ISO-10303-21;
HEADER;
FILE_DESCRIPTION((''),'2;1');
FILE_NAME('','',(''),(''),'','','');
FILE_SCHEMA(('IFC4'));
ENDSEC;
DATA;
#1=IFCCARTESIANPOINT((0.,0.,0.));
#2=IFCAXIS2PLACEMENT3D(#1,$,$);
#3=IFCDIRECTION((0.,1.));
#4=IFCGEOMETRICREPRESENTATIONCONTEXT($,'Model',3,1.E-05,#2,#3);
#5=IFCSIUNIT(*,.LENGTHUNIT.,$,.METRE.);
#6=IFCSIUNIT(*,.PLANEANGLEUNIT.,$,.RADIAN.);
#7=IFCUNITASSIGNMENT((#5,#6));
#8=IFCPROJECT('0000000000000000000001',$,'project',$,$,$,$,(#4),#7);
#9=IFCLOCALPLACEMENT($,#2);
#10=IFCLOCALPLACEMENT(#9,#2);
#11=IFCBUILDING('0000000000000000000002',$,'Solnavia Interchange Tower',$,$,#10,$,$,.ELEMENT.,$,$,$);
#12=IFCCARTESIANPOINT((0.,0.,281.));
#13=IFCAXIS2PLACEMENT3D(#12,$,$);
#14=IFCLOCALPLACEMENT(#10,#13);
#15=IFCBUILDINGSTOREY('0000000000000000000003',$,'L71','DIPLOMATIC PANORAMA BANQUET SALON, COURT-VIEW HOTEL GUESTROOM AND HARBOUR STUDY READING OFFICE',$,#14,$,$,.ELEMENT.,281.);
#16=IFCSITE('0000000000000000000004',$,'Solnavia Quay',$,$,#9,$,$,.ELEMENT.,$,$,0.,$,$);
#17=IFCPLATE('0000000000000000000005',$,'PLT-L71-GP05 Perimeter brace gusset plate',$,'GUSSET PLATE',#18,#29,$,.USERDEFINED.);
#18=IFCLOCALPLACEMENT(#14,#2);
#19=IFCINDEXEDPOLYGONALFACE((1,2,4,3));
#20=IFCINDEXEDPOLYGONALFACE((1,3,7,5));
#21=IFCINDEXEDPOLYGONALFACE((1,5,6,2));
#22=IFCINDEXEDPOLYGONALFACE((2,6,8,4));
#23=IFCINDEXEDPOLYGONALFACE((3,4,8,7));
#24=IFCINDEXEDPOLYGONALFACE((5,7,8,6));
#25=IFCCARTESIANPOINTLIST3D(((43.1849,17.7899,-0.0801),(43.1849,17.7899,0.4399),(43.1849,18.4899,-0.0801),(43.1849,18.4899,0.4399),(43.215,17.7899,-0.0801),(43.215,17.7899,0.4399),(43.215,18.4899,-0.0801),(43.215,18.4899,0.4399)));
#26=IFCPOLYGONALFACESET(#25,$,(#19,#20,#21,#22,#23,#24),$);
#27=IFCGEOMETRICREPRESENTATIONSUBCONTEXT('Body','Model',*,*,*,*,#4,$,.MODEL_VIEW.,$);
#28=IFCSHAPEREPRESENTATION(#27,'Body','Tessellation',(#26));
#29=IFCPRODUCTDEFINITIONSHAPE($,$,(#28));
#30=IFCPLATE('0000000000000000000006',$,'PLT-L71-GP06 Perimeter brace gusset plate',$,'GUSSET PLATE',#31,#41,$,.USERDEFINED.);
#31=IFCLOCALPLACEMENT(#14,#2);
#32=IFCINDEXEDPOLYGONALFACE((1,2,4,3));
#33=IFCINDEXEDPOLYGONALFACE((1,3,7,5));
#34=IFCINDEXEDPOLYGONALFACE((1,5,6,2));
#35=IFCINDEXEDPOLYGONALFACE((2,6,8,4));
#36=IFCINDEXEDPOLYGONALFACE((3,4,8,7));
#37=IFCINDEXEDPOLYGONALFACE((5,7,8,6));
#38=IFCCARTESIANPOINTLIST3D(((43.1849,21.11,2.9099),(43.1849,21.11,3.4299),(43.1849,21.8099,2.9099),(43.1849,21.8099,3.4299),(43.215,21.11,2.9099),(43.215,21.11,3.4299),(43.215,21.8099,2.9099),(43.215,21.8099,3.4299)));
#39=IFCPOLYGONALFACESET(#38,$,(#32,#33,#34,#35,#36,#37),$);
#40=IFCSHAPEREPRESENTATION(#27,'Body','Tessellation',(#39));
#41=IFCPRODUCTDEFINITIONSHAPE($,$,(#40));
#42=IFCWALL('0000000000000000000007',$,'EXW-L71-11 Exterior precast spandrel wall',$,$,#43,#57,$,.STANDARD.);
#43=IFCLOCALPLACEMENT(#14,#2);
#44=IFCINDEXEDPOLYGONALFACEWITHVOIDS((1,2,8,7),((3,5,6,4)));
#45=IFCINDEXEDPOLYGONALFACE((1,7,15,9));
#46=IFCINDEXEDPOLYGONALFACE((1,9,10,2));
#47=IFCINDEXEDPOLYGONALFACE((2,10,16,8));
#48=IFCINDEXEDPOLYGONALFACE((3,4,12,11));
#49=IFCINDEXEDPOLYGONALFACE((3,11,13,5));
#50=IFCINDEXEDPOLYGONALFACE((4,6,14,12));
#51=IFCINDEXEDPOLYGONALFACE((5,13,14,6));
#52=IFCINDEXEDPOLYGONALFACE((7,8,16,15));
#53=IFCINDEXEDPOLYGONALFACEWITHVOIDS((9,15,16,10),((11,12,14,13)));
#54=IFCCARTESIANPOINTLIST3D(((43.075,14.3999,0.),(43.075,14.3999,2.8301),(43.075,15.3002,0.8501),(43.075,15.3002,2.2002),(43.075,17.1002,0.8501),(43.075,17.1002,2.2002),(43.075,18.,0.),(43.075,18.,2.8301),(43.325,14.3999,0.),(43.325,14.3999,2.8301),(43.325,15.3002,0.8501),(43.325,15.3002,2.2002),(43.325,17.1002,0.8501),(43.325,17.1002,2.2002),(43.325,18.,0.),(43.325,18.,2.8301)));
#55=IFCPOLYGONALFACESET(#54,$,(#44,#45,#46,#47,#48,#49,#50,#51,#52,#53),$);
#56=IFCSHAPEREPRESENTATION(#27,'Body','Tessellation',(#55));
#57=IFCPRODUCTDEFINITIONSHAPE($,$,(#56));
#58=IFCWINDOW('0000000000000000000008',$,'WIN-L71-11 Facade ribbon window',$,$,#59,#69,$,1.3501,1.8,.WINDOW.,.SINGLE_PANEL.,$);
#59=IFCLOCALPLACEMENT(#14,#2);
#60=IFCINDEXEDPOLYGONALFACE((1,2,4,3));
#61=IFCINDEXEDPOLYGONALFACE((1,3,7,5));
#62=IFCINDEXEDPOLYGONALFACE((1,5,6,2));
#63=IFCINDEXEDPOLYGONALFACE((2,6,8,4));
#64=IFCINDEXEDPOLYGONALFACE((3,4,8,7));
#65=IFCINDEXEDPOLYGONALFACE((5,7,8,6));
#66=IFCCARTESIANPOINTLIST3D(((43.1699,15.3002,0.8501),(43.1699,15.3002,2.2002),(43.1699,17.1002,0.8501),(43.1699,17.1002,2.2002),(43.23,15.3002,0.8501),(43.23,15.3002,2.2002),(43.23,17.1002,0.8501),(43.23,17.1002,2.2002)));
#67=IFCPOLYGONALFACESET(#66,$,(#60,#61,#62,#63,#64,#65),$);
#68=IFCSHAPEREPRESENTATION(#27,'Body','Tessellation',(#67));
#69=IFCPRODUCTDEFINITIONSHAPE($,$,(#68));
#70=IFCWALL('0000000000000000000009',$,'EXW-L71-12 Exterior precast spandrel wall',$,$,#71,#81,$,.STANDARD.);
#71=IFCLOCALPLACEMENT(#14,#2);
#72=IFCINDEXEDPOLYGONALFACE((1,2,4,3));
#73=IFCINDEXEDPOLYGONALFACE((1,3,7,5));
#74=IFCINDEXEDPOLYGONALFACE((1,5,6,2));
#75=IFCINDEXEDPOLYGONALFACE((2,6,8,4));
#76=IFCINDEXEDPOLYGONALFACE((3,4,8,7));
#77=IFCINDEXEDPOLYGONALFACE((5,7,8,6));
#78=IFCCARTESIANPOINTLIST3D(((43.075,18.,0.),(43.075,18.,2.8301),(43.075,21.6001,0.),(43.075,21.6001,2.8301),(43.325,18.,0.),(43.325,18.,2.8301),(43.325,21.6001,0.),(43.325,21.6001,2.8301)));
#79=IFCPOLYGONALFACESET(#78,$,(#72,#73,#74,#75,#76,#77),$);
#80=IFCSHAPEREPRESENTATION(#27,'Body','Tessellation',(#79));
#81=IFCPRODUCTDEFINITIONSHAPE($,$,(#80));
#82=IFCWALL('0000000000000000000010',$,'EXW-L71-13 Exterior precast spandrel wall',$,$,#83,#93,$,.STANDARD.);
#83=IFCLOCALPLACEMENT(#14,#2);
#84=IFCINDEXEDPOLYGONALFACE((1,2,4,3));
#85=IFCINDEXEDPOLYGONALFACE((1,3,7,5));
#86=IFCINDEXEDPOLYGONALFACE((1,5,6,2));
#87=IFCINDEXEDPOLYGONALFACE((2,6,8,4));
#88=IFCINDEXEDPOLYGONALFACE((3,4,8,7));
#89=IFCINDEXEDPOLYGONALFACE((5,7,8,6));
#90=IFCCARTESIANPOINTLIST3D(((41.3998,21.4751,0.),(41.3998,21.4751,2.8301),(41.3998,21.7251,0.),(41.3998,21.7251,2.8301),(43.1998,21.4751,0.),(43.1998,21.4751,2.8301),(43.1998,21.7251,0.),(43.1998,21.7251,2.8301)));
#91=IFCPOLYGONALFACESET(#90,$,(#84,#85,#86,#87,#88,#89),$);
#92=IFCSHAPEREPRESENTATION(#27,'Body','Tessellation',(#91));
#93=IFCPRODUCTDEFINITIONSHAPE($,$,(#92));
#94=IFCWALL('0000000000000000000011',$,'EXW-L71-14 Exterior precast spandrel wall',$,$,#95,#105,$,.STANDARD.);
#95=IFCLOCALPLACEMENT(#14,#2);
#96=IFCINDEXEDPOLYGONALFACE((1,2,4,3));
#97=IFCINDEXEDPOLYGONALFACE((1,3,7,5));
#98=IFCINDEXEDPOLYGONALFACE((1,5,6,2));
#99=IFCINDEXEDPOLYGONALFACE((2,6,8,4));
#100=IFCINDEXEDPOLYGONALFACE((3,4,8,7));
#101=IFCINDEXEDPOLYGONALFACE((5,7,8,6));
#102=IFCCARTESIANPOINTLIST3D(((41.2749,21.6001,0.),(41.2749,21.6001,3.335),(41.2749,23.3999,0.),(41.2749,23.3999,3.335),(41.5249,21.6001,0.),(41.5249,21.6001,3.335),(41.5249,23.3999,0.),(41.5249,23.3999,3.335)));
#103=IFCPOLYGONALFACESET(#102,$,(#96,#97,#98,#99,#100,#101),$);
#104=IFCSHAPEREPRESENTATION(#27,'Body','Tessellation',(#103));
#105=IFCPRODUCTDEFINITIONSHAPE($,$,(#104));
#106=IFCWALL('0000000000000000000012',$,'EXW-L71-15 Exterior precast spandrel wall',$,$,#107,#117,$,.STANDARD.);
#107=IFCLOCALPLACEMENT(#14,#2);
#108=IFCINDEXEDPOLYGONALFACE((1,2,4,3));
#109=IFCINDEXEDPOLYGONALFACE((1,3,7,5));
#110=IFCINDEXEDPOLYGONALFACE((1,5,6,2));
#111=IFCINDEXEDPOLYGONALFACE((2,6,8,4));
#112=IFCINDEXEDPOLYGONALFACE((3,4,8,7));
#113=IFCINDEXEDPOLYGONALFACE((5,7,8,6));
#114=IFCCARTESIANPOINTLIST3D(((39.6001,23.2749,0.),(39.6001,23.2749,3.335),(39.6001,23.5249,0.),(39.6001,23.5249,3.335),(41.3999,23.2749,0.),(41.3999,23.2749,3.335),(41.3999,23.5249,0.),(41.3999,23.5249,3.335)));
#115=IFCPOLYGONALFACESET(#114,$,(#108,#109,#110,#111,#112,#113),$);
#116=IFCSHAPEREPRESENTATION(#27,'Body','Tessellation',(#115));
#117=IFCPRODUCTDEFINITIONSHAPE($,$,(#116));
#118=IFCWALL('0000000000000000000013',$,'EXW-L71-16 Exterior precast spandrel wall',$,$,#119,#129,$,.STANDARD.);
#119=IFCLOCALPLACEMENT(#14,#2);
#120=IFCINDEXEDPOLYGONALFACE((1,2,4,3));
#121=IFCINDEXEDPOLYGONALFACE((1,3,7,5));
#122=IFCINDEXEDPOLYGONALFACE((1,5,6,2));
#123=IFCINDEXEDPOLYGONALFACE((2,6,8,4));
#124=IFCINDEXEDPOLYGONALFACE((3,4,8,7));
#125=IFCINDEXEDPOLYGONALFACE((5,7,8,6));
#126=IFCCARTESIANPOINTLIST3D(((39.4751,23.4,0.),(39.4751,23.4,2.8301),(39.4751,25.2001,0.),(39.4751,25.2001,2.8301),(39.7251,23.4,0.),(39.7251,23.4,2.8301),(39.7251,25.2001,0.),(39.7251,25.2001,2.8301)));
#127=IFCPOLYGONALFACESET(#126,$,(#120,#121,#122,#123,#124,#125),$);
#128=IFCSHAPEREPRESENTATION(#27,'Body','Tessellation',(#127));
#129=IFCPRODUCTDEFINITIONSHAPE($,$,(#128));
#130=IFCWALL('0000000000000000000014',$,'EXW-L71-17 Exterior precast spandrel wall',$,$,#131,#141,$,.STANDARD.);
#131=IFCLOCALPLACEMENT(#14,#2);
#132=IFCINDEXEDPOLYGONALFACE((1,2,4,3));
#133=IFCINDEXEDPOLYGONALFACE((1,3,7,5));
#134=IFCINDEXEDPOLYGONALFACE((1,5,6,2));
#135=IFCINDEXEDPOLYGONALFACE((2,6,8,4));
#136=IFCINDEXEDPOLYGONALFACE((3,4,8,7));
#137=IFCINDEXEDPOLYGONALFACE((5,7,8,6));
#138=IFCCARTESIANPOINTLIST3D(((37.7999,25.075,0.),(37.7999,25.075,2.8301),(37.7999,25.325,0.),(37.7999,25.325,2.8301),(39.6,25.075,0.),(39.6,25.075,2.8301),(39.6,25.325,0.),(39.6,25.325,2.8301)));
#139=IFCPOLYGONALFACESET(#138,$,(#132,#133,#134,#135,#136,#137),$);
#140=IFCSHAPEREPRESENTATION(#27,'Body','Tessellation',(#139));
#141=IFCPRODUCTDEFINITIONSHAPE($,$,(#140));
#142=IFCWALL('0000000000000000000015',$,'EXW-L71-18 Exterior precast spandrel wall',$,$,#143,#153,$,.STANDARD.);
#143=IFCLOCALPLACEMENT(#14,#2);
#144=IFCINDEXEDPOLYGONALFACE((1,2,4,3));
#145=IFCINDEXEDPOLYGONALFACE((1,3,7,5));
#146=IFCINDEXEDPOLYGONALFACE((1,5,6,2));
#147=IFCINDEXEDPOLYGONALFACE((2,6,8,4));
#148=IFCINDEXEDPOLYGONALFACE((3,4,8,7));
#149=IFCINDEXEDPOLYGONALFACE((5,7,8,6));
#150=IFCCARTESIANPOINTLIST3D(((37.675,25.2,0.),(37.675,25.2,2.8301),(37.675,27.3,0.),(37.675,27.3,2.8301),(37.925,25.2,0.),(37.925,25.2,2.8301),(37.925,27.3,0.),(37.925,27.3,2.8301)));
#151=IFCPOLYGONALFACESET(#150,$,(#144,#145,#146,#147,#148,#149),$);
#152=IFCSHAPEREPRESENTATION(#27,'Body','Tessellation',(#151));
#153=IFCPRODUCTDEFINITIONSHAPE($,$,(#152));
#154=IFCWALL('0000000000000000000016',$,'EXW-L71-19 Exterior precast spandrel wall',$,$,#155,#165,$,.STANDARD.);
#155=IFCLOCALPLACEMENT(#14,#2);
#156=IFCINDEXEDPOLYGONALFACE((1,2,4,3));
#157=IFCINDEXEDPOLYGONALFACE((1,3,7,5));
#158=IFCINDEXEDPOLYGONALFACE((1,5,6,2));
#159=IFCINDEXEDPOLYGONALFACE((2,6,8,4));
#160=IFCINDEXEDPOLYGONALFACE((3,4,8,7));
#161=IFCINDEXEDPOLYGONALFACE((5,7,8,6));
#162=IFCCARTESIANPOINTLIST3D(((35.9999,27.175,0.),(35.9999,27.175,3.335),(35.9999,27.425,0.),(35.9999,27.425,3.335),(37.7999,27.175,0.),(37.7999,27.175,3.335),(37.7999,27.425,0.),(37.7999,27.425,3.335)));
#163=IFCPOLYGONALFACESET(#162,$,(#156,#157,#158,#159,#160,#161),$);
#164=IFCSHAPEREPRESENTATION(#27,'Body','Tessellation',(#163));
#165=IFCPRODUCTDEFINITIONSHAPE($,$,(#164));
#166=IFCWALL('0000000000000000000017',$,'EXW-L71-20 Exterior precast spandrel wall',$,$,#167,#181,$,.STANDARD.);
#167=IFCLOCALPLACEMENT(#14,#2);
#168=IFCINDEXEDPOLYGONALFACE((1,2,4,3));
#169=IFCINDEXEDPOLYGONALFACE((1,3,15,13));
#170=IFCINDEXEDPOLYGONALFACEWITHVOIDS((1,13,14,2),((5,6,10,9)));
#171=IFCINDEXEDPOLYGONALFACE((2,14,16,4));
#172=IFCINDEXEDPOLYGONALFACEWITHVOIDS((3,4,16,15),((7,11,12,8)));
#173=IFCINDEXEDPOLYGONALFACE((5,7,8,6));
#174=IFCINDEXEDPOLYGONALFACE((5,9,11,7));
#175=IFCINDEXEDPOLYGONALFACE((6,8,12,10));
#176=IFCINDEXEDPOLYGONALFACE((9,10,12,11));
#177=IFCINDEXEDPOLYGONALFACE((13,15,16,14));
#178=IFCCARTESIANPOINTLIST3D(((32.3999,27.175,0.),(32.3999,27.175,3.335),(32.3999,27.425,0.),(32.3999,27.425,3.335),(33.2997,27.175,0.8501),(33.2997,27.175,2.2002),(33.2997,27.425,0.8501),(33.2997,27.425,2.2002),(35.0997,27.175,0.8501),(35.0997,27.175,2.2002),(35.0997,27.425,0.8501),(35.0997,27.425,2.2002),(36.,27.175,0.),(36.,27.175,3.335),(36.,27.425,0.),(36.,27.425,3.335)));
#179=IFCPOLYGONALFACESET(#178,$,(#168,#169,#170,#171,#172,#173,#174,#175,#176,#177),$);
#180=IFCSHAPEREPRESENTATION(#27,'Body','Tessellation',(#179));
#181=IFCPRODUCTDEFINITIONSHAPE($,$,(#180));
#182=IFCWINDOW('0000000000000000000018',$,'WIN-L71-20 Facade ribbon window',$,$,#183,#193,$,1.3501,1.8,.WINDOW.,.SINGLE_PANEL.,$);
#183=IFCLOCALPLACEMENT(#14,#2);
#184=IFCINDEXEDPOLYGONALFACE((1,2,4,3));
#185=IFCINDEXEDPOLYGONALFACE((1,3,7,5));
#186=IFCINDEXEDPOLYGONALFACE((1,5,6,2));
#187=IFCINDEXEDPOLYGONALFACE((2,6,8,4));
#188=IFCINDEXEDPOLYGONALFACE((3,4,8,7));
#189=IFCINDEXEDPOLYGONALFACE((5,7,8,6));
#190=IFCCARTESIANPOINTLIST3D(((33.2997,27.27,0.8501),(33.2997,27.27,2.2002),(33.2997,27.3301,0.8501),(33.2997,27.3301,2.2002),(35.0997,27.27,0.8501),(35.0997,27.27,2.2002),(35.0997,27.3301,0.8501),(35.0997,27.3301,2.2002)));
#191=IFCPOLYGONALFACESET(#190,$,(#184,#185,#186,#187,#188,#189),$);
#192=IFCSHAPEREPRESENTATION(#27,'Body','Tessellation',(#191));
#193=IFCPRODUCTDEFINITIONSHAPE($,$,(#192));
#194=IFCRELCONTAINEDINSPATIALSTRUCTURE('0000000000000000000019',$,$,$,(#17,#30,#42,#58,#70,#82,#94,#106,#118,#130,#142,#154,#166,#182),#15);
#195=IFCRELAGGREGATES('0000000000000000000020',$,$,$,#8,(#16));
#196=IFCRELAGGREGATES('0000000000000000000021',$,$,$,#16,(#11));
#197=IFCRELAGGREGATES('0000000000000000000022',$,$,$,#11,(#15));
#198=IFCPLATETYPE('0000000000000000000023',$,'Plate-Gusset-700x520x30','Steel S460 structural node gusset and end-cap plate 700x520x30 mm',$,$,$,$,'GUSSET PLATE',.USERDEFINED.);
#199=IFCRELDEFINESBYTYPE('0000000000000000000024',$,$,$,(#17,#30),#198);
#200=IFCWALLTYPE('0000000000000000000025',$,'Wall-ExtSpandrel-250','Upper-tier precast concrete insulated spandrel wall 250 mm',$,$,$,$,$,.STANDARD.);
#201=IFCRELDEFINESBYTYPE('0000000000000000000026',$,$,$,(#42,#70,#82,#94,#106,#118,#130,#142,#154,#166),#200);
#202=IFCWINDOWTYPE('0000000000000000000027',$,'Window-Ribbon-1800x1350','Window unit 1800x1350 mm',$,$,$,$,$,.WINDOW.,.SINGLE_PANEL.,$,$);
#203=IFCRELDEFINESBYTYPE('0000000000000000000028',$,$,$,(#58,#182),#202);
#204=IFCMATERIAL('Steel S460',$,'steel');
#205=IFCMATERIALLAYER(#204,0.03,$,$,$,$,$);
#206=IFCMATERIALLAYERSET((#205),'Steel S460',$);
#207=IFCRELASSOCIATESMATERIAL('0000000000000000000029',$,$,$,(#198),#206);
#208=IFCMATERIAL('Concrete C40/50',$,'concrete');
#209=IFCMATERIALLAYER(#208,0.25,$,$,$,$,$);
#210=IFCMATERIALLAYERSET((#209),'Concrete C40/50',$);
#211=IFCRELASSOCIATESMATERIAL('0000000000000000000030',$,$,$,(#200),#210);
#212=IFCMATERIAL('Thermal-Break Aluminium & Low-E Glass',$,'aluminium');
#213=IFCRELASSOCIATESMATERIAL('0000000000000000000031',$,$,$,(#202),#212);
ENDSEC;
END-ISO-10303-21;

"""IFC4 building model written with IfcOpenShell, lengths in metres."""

from ifc_helpers import new_model, si_unit, direction, frame, frame_2d, origin, origin_2d, place, context, subcontext, project, spatial, rectangle, extrude, material, layer, layer_set, type_object, element, fill, save


model = new_model("IFC4")

# Units and contexts
model_context = context("Model", 3, precision=1e-05, world=origin(), true_north=direction((0.0, 1.0)))
body_context = subcontext(model_context, "Body", "Model", "MODEL_VIEW")
ifc_project = project(units=[si_unit("LENGTHUNIT", "METRE"), si_unit("PLANEANGLEUNIT", "RADIAN")], contexts=[model_context])

# Site, building, storey
site_placement = place(None, origin())
site = spatial("IfcSite", under=ifc_project, at=site_placement, Name="Solnavia Quay", CompositionType="ELEMENT", RefElevation=0.0)
building_placement = place(site_placement, origin())
building = spatial("IfcBuilding", under=site, at=building_placement, Name="Solnavia Interchange Tower", CompositionType="ELEMENT")
storey_placement = place(building_placement, frame((0.0, 0.0, 281.0)))
storey = spatial("IfcBuildingStorey", under=building, at=storey_placement, Name="L71", Description="DIPLOMATIC PANORAMA BANQUET SALON, COURT-VIEW HOTEL GUESTROOM AND HARBOUR STUDY READING OFFICE", CompositionType="ELEMENT", Elevation=281.0)

# Shared definitions
ifc_material_1 = material(Name="Steel S460", Category="steel")

# Plates
ifc_layer_1 = layer(ifc_material_1, 0.03)
ifc_layer_set_1 = layer_set([ifc_layer_1], Name="Steel S460")
plate_type = type_object("IfcPlateType", Name="Plate-Gusset-700x520x30", Description="Steel S460 structural node gusset and end-cap plate 700x520x30 mm", ElementType="GUSSET PLATE", PredefinedType="USERDEFINED", material=ifc_layer_set_1)
for number, where, z_axis, x_axis, name in (
    (1, (43.2, 18.1399, -0.0801), (0.0, 0.0, 1.0), (0.0, 1.0, 0.0), "PLT-L71-GP05 Perimeter brace gusset plate"),
    (2, (43.2, 21.46, 2.9099), (0.0, 0.0, 1.0), (0.0, 1.0, 0.0), "PLT-L71-GP06 Perimeter brace gusset plate"),
):
    element("IfcPlate", number, at=place(storey_placement, frame(where, z_axis=z_axis, x_axis=x_axis)), inside=storey, type_object=plate_type, Name=name, ObjectType="GUSSET PLATE", PredefinedType="USERDEFINED", context=body_context, shape_type="SweptSolid", body=[
        extrude(rectangle(XDim=0.7, YDim=0.03, at=origin_2d()), origin(), (0.0, 0.0, 1.0), 0.52),
    ])

# Wall, opening, window
ifc_material_2 = material(Name="Concrete C40/50", Category="concrete")
ifc_layer_2 = layer(ifc_material_2, 0.25)
ifc_layer_set_2 = layer_set([ifc_layer_2], Name="Concrete C40/50")
wall_type_1 = type_object("IfcWallType", Name="Wall-ExtSpandrel-250", Description="Upper-tier precast concrete insulated spandrel wall 250 mm", PredefinedType="STANDARD", material=ifc_layer_set_2)
wall_1_placement = place(storey_placement, frame((43.2, 18.0, 0.0), z_axis=(0.0, 0.0, 1.0), x_axis=(0.0, -1.0, 0.0)))
wall_1 = element("IfcWall", 3, at=wall_1_placement, inside=storey, type_object=wall_type_1, Name="EXW-L71-11 Exterior precast spandrel wall", PredefinedType="STANDARD", context=body_context, shape_type="SweptSolid", body=[
    extrude(rectangle(XDim=3.6001, YDim=0.25, at=frame_2d((1.8, 0.0))), origin(), (0.0, 0.0, 1.0), 2.8301),
])
opening_1_placement = place(wall_1_placement, frame((0.8999, 0.0, 0.8501)))
opening_1 = element("IfcOpeningElement", 4, at=opening_1_placement, cuts=wall_1, PredefinedType="OPENING", context=body_context, shape_type="SweptSolid", body=[
    extrude(rectangle(XDim=1.8, YDim=1.3501, at=frame_2d((0.8999, 0.675))), frame((0.0, 0.135, 0.0), z_axis=(0.0, -1.0, 0.0), x_axis=(1.0, 0.0, 0.0)), (0.0, 0.0, 1.0), 0.27),
])
ifc_material_3 = material(Name="Thermal-Break Aluminium & Low-E Glass", Category="aluminium")
window_type = type_object("IfcWindowType", Name="Window-Ribbon-1800x1350", Description="Window unit 1800x1350 mm", PartitioningType="SINGLE_PANEL", PredefinedType="WINDOW", material=ifc_material_3)
window_1_placement = place(opening_1_placement, origin())
window_1 = element("IfcWindow", 5, at=window_1_placement, inside=storey, type_object=window_type, Name="WIN-L71-11 Facade ribbon window", OverallHeight=1.3501, OverallWidth=1.8, PartitioningType="SINGLE_PANEL", PredefinedType="WINDOW", context=body_context, shape_type="SweptSolid", body=[
    extrude(rectangle(XDim=1.8, YDim=1.3501, at=frame_2d((0.8999, 0.675))), frame((0.0, 0.03, 0.0), z_axis=(0.0, -1.0, 0.0), x_axis=(1.0, 0.0, 0.0)), (0.0, 0.0, 1.0), 0.0601),
])
fill(opening_1, window_1)

# Walls
wall_2_placement = place(storey_placement, frame((43.2, 21.6001, 0.0), z_axis=(0.0, 0.0, 1.0), x_axis=(0.0, -1.0, 0.0)))
element("IfcWall", 6, at=wall_2_placement, inside=storey, type_object=wall_type_1, Name="EXW-L71-12 Exterior precast spandrel wall", PredefinedType="STANDARD", context=body_context, shape_type="SweptSolid", body=[
    extrude(rectangle(XDim=3.6001, YDim=0.25, at=frame_2d((1.8, 0.0))), origin(), (0.0, 0.0, 1.0), 2.8301),
])
wall_3_placement = place(storey_placement, frame((41.3999, 21.6001, 0.0), z_axis=(0.0, 0.0, 1.0), x_axis=(1.0, 0.0, 0.0)))
element("IfcWall", 7, at=wall_3_placement, inside=storey, type_object=wall_type_1, Name="EXW-L71-13 Exterior precast spandrel wall", PredefinedType="STANDARD", context=body_context, shape_type="SweptSolid", body=[
    extrude(rectangle(XDim=1.8, YDim=0.25, at=frame_2d((0.8999, 0.0))), origin(), (0.0, 0.0, 1.0), 2.8301),
])
for number, where, z_axis, x_axis, name in (
    (8, (41.3999, 23.3999, 0.0), (0.0, 0.0, 1.0), (0.0, -1.0, 0.0), "EXW-L71-14 Exterior precast spandrel wall"),
    (9, (39.6001, 23.3999, 0.0), (0.0, 0.0, 1.0), (1.0, 0.0, 0.0), "EXW-L71-15 Exterior precast spandrel wall"),
):
    element("IfcWall", number, at=place(storey_placement, frame(where, z_axis=z_axis, x_axis=x_axis)), inside=storey, type_object=wall_type_1, Name=name, PredefinedType="STANDARD", context=body_context, shape_type="SweptSolid", body=[
        extrude(rectangle(XDim=1.7998, YDim=0.25, at=frame_2d((0.8999, 0.0))), origin(), (0.0, 0.0, 1.0), 3.335),
    ])
for number, where, z_axis, x_axis, name in (
    (10, (39.6001, 25.2, 0.0), (0.0, 0.0, 1.0), (0.0, -1.0, 0.0), "EXW-L71-16 Exterior precast spandrel wall"),
    (11, (37.8, 25.2, 0.0), (0.0, 0.0, 1.0), (1.0, 0.0, 0.0), "EXW-L71-17 Exterior precast spandrel wall"),
):
    element("IfcWall", number, at=place(storey_placement, frame(where, z_axis=z_axis, x_axis=x_axis)), inside=storey, type_object=wall_type_1, Name=name, PredefinedType="STANDARD", context=body_context, shape_type="SweptSolid", body=[
        extrude(rectangle(XDim=1.8, YDim=0.25, at=frame_2d((0.8999, 0.0))), origin(), (0.0, 0.0, 1.0), 2.8301),
    ])
wall_4_placement = place(storey_placement, frame((37.8, 27.3, 0.0), z_axis=(0.0, 0.0, 1.0), x_axis=(0.0, -1.0, 0.0)))
element("IfcWall", 12, at=wall_4_placement, inside=storey, type_object=wall_type_1, Name="EXW-L71-18 Exterior precast spandrel wall", PredefinedType="STANDARD", context=body_context, shape_type="SweptSolid", body=[
    extrude(rectangle(XDim=2.1001, YDim=0.25, at=frame_2d((1.05, 0.0))), origin(), (0.0, 0.0, 1.0), 2.8301),
])
wall_5_placement = place(storey_placement, frame((36.0, 27.3, 0.0), z_axis=(0.0, 0.0, 1.0), x_axis=(1.0, 0.0, 0.0)))
element("IfcWall", 13, at=wall_5_placement, inside=storey, type_object=wall_type_1, Name="EXW-L71-19 Exterior precast spandrel wall", PredefinedType="STANDARD", context=body_context, shape_type="SweptSolid", body=[
    extrude(rectangle(XDim=1.8, YDim=0.25, at=frame_2d((0.8999, 0.0))), origin(), (0.0, 0.0, 1.0), 3.335),
])

# Wall, opening, window
wall_6_placement = place(storey_placement, frame((32.3999, 27.3, 0.0), z_axis=(0.0, 0.0, 1.0), x_axis=(1.0, 0.0, 0.0)))
wall_6 = element("IfcWall", 14, at=wall_6_placement, inside=storey, type_object=wall_type_1, Name="EXW-L71-20 Exterior precast spandrel wall", PredefinedType="STANDARD", context=body_context, shape_type="SweptSolid", body=[
    extrude(rectangle(XDim=3.6001, YDim=0.25, at=frame_2d((1.8, 0.0))), origin(), (0.0, 0.0, 1.0), 3.335),
])
opening_2_placement = place(wall_6_placement, frame((0.8999, 0.0, 0.8501)))
opening_2 = element("IfcOpeningElement", 15, at=opening_2_placement, cuts=wall_6, PredefinedType="OPENING", context=body_context, shape_type="SweptSolid", body=[
    extrude(rectangle(XDim=1.8, YDim=1.3501, at=frame_2d((0.8999, 0.675))), frame((0.0, 0.135, 0.0), z_axis=(0.0, -1.0, 0.0), x_axis=(1.0, 0.0, 0.0)), (0.0, 0.0, 1.0), 0.27),
])
window_2_placement = place(opening_2_placement, origin())
window_2 = element("IfcWindow", 16, at=window_2_placement, inside=storey, type_object=window_type, Name="WIN-L71-20 Facade ribbon window", OverallHeight=1.3501, OverallWidth=1.8, PartitioningType="SINGLE_PANEL", PredefinedType="WINDOW", context=body_context, shape_type="SweptSolid", body=[
    extrude(rectangle(XDim=1.8, YDim=1.3501, at=frame_2d((0.8999, 0.675))), frame((0.0, 0.03, 0.0), z_axis=(0.0, -1.0, 0.0), x_axis=(1.0, 0.0, 0.0)), (0.0, 0.0, 1.0), 0.0601),
])
fill(opening_2, window_2)

save(model, "model.ifc")
